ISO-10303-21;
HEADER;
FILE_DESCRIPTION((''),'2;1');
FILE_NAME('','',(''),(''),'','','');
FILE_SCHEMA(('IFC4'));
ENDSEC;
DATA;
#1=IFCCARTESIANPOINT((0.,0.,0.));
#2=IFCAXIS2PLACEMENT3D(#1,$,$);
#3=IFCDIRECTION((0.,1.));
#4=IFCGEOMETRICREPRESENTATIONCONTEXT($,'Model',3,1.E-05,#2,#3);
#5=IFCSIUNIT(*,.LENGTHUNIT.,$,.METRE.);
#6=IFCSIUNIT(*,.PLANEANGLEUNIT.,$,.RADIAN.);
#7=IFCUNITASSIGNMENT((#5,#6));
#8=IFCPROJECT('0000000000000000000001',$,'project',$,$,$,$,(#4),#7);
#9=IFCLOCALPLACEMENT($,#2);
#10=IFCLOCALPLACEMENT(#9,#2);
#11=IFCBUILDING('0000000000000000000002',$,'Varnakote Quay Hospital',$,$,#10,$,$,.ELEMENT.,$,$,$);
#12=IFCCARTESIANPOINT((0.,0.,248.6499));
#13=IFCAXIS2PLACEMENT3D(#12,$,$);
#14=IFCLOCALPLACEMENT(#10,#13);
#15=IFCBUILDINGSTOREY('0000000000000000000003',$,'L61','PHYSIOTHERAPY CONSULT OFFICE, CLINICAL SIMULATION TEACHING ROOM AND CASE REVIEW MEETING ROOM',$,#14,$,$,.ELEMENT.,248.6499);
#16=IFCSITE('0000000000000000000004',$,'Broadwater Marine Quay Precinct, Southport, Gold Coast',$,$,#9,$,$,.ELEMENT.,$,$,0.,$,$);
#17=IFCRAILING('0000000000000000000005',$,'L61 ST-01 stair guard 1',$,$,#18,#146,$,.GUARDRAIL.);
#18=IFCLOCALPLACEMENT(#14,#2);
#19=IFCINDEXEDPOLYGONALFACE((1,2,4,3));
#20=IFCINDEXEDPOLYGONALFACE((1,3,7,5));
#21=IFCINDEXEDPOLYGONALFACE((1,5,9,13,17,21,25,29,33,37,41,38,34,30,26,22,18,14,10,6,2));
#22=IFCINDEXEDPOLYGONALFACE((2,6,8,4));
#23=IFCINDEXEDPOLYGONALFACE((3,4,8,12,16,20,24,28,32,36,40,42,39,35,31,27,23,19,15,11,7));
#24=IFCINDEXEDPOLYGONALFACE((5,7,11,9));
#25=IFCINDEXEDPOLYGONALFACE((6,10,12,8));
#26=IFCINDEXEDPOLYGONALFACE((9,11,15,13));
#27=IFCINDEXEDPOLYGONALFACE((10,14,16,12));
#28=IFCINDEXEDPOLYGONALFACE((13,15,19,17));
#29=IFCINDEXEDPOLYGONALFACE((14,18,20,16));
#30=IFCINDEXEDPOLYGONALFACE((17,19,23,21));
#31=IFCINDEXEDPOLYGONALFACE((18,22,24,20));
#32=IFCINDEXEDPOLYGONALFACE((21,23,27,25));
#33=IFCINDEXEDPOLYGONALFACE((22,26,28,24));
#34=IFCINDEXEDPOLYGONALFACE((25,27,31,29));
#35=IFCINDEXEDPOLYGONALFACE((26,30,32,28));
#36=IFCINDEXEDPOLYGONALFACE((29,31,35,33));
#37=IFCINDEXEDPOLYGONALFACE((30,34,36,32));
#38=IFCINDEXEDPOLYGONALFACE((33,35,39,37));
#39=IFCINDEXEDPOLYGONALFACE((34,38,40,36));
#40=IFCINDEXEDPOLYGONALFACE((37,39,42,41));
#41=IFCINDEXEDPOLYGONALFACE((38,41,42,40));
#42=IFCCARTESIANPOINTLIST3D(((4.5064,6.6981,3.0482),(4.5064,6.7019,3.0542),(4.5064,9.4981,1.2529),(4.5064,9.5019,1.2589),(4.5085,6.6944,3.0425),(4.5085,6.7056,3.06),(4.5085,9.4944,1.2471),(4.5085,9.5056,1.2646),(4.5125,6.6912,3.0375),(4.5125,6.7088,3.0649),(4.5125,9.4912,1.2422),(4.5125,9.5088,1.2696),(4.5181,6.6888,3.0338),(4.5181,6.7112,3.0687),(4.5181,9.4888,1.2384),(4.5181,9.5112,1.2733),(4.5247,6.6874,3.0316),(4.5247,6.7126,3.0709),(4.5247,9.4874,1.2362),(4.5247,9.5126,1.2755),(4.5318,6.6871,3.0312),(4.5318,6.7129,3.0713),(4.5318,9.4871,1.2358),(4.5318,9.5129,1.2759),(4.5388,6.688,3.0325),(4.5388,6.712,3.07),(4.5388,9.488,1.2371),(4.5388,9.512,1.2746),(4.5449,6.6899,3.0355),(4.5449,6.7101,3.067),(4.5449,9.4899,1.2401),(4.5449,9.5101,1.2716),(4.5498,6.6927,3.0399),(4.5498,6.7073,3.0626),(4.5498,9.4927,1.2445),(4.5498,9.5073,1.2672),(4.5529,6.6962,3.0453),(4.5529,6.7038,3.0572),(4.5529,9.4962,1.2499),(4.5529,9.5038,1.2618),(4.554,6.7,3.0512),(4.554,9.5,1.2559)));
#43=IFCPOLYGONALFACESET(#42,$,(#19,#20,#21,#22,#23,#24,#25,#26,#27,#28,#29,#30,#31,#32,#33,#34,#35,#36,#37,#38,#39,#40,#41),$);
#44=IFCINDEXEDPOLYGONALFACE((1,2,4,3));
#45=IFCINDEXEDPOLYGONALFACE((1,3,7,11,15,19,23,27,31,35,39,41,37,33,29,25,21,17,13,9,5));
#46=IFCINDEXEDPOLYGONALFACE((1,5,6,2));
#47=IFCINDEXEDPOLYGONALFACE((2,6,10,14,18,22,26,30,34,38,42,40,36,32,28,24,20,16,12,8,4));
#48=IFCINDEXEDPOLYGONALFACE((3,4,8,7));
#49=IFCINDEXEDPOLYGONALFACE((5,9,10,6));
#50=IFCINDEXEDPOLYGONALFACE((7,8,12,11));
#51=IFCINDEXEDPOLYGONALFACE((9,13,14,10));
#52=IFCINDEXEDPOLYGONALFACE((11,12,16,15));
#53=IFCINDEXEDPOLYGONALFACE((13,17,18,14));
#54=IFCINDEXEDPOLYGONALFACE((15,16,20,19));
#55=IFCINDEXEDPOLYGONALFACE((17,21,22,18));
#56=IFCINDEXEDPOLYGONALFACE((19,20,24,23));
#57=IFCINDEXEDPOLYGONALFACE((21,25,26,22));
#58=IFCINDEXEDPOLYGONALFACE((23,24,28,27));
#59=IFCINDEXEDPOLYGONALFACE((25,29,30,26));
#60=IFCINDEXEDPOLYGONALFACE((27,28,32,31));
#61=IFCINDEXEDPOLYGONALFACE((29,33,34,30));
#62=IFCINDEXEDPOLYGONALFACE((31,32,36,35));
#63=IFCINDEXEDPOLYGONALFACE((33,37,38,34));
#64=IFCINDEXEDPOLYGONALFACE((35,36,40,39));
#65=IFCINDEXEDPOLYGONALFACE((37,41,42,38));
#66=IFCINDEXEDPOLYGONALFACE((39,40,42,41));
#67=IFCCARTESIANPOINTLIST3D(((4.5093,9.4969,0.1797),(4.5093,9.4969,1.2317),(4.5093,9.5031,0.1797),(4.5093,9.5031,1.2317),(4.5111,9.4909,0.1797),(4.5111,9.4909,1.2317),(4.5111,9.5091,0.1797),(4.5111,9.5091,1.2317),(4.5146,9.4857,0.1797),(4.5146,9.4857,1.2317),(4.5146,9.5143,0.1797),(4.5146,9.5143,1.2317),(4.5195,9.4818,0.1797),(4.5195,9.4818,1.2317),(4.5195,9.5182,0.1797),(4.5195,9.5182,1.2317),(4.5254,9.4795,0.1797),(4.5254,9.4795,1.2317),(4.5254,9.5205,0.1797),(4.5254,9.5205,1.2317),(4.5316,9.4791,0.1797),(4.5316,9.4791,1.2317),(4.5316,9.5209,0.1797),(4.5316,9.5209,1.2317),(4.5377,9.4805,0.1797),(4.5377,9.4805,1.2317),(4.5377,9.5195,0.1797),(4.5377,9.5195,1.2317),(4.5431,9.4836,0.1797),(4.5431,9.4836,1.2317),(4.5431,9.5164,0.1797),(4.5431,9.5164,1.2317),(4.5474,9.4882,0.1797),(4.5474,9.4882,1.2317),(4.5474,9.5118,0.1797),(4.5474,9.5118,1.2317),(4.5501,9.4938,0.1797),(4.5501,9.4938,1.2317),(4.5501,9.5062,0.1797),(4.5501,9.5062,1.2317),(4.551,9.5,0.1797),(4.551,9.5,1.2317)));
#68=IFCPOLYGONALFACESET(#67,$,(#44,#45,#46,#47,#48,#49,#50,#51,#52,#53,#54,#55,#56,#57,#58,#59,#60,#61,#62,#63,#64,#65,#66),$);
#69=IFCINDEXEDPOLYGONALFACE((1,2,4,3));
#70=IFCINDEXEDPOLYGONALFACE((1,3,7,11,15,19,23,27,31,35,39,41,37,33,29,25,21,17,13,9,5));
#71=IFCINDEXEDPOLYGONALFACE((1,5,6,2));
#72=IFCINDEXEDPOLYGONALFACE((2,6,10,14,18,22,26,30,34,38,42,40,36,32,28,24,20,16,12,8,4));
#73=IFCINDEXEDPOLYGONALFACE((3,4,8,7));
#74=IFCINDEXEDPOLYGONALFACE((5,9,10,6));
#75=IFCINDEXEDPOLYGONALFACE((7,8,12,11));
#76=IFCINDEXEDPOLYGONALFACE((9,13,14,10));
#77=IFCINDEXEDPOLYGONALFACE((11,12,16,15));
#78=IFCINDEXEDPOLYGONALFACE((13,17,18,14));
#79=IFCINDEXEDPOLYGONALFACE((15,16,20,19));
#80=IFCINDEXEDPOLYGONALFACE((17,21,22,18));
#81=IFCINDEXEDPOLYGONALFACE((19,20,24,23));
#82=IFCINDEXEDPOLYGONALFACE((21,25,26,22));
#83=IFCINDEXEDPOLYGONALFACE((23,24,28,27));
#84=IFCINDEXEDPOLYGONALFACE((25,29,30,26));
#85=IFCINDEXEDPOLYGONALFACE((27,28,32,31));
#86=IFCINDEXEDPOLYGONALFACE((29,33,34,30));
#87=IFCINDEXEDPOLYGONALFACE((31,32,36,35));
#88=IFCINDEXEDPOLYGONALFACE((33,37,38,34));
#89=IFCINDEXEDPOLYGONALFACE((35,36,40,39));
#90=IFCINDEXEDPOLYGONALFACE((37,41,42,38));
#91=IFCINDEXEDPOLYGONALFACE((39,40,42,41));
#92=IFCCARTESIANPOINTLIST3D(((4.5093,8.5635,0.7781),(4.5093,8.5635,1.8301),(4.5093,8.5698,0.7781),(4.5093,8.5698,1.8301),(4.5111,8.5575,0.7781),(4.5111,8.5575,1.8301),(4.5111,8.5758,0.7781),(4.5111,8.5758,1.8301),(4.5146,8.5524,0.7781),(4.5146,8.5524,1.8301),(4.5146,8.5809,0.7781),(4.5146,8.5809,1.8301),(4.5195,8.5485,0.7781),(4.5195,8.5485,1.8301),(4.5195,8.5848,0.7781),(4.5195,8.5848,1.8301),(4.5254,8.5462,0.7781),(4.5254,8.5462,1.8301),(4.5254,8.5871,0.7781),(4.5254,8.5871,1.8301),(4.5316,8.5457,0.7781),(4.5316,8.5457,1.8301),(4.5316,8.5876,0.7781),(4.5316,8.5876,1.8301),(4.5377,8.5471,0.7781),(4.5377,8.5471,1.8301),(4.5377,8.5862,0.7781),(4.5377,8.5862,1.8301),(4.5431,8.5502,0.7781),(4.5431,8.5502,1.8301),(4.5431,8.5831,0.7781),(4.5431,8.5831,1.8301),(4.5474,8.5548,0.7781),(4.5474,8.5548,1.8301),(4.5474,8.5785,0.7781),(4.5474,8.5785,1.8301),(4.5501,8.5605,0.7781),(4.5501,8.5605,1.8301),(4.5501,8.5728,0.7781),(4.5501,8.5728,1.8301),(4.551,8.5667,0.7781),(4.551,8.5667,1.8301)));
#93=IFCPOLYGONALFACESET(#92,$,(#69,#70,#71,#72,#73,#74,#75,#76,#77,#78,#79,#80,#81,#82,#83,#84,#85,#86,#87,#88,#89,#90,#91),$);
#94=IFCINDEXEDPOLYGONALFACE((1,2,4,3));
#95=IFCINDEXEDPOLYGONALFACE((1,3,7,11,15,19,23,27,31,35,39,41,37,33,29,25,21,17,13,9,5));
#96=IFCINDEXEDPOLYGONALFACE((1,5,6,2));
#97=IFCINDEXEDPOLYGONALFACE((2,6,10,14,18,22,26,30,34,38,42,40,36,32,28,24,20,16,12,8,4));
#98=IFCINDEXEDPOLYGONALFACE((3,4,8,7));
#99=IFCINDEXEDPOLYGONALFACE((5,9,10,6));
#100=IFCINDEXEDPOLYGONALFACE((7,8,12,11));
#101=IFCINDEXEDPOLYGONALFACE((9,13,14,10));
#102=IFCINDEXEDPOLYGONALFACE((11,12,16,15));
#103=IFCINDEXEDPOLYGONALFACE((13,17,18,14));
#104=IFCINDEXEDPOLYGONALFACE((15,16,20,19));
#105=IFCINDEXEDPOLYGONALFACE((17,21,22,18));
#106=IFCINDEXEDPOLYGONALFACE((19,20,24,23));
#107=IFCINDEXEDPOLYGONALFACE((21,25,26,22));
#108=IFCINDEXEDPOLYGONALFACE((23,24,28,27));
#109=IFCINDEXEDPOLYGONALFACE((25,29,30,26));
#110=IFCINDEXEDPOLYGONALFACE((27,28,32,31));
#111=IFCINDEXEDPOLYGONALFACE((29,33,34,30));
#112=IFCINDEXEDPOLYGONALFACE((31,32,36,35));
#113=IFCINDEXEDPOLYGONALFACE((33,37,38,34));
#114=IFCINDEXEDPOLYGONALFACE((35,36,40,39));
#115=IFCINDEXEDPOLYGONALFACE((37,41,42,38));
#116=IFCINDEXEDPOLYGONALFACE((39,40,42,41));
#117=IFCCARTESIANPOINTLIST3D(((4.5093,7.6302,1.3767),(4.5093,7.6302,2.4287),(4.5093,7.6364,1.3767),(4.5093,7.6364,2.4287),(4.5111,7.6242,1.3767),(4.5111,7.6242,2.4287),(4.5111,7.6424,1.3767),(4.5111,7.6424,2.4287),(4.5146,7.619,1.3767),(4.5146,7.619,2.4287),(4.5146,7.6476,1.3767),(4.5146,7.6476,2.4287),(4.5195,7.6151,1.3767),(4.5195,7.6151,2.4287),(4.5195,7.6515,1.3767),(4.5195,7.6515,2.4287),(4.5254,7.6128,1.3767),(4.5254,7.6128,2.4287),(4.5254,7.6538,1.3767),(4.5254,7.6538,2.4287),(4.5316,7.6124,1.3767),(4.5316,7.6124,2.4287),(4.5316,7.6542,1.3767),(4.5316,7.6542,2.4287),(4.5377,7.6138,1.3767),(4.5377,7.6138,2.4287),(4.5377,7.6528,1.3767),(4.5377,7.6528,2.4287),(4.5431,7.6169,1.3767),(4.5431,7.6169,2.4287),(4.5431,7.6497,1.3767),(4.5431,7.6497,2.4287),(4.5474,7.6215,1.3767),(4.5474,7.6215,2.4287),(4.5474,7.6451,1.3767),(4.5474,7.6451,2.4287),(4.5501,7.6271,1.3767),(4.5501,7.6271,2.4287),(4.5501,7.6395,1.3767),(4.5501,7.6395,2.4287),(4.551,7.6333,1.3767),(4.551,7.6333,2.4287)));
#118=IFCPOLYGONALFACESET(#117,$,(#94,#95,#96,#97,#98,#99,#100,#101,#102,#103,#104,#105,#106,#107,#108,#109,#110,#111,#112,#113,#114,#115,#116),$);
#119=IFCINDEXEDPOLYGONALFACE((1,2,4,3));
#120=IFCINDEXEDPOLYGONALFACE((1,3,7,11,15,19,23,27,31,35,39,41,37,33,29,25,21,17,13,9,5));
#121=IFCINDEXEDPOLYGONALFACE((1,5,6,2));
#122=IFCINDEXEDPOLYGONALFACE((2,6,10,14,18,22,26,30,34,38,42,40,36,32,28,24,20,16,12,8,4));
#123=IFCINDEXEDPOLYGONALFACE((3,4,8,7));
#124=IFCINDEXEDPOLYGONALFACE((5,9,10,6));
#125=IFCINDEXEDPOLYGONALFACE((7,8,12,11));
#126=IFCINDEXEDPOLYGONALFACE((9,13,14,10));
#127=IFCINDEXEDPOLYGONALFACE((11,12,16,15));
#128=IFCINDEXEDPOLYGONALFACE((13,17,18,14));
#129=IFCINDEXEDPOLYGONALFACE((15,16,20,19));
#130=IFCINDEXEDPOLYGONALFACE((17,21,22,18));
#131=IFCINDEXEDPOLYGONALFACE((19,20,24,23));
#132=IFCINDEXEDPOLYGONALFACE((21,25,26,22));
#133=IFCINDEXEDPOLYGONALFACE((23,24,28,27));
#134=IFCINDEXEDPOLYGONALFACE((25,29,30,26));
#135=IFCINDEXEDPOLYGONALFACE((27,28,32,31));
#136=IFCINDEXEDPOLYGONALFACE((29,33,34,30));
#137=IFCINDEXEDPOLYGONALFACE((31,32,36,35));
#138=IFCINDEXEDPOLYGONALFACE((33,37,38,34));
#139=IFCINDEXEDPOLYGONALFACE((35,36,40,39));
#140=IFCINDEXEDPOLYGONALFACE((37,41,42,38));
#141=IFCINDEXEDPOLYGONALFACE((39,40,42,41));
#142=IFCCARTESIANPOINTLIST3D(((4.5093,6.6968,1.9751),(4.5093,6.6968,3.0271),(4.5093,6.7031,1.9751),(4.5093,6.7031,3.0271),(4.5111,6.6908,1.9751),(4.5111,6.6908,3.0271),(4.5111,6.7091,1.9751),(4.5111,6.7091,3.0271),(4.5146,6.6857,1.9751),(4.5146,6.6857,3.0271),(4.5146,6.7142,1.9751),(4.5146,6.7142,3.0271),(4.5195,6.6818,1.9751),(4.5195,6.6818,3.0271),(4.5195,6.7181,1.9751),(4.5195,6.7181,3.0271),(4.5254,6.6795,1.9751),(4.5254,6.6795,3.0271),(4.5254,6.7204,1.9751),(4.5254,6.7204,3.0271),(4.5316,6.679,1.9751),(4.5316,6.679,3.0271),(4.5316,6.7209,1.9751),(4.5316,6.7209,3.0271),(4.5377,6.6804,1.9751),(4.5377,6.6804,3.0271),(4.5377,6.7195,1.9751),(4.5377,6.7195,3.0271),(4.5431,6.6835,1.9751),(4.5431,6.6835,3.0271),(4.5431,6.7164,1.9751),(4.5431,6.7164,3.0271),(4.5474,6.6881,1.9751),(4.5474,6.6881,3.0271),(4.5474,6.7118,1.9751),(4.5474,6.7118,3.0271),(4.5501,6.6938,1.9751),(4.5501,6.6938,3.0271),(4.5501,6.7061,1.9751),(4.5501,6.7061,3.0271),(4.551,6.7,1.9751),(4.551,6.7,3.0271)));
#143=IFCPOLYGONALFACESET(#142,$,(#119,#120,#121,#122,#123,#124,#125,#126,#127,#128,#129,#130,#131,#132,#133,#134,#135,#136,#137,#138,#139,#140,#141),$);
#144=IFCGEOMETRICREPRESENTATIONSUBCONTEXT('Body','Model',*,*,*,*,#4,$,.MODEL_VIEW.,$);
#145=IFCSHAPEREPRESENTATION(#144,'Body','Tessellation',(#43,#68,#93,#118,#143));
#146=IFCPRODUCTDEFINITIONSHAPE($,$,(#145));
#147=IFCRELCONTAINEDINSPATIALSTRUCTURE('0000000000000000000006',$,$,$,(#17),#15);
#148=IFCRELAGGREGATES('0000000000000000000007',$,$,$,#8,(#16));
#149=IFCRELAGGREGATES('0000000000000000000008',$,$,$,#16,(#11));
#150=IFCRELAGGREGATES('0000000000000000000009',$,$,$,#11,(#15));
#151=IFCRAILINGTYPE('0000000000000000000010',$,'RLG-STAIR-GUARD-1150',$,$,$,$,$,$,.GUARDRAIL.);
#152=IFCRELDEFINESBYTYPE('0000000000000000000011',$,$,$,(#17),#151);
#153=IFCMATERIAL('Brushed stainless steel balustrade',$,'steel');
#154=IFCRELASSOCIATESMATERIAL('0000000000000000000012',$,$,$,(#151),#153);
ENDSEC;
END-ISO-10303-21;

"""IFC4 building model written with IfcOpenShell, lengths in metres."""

from ifc_helpers import new_model, si_unit, direction, frame, origin, origin_2d, place, context, subcontext, project, spatial, circle, extrude, material, type_object, element, save


model = new_model("IFC4")

# Units and contexts
model_context = context("Model", 3, precision=1e-05, world=origin(), true_north=direction((0.0, 1.0)))
body_context = subcontext(model_context, "Body", "Model", "MODEL_VIEW")
ifc_project = project(units=[si_unit("LENGTHUNIT", "METRE"), si_unit("PLANEANGLEUNIT", "RADIAN")], contexts=[model_context])

# Site, building, storey
site_placement = place(None, origin())
site = spatial("IfcSite", under=ifc_project, at=site_placement, Name="Broadwater Marine Quay Precinct, Southport, Gold Coast", CompositionType="ELEMENT", RefElevation=0.0)
building_placement = place(site_placement, origin())
building = spatial("IfcBuilding", under=site, at=building_placement, Name="Varnakote Quay Hospital", CompositionType="ELEMENT")
storey_placement = place(building_placement, frame((0.0, 0.0, 248.6499)))
storey = spatial("IfcBuildingStorey", under=building, at=storey_placement, Name="L61", Description="PHYSIOTHERAPY CONSULT OFFICE, CLINICAL SIMULATION TEACHING ROOM AND CASE REVIEW MEETING ROOM", CompositionType="ELEMENT", Elevation=248.6499)

# Railing
ifc_material_1 = material(Name="Brushed stainless steel balustrade", Category="steel")
railing_type_1 = type_object("IfcRailingType", Name="RLG-STAIR-GUARD-1150", PredefinedType="GUARDRAIL", material=ifc_material_1)
railing_1_placement = place(storey_placement, frame((4.53, 9.5, 0.1797)))
element("IfcRailing", 1, at=railing_1_placement, inside=storey, type_object=railing_type_1, Name="L61 ST-01 stair guard 1", PredefinedType="GUARDRAIL", context=body_context, shape_type="SweptSolid", body=[
    extrude(circle(Radius=0.0239, at=origin_2d()), frame((0.0, 0.0, 1.0762), z_axis=(0.0, -0.84181, 0.539774), x_axis=(1.0, 0.0, 0.0)), (0.0, 0.0, 1.0), 3.3262),
    extrude(circle(Radius=0.021, at=origin_2d()), origin(), (0.0, 0.0, 1.0), 1.052),
    extrude(circle(Radius=0.021, at=origin_2d()), frame((0.0, -0.9333, 0.5984)), (0.0, 0.0, 1.0), 1.052),
    extrude(circle(Radius=0.021, at=origin_2d()), frame((0.0, -1.8667, 1.197)), (0.0, 0.0, 1.0), 1.052),
    extrude(circle(Radius=0.021, at=origin_2d()), frame((0.0, -2.8, 1.7954)), (0.0, 0.0, 1.0), 1.052),
])

save(model, "model.ifc")
